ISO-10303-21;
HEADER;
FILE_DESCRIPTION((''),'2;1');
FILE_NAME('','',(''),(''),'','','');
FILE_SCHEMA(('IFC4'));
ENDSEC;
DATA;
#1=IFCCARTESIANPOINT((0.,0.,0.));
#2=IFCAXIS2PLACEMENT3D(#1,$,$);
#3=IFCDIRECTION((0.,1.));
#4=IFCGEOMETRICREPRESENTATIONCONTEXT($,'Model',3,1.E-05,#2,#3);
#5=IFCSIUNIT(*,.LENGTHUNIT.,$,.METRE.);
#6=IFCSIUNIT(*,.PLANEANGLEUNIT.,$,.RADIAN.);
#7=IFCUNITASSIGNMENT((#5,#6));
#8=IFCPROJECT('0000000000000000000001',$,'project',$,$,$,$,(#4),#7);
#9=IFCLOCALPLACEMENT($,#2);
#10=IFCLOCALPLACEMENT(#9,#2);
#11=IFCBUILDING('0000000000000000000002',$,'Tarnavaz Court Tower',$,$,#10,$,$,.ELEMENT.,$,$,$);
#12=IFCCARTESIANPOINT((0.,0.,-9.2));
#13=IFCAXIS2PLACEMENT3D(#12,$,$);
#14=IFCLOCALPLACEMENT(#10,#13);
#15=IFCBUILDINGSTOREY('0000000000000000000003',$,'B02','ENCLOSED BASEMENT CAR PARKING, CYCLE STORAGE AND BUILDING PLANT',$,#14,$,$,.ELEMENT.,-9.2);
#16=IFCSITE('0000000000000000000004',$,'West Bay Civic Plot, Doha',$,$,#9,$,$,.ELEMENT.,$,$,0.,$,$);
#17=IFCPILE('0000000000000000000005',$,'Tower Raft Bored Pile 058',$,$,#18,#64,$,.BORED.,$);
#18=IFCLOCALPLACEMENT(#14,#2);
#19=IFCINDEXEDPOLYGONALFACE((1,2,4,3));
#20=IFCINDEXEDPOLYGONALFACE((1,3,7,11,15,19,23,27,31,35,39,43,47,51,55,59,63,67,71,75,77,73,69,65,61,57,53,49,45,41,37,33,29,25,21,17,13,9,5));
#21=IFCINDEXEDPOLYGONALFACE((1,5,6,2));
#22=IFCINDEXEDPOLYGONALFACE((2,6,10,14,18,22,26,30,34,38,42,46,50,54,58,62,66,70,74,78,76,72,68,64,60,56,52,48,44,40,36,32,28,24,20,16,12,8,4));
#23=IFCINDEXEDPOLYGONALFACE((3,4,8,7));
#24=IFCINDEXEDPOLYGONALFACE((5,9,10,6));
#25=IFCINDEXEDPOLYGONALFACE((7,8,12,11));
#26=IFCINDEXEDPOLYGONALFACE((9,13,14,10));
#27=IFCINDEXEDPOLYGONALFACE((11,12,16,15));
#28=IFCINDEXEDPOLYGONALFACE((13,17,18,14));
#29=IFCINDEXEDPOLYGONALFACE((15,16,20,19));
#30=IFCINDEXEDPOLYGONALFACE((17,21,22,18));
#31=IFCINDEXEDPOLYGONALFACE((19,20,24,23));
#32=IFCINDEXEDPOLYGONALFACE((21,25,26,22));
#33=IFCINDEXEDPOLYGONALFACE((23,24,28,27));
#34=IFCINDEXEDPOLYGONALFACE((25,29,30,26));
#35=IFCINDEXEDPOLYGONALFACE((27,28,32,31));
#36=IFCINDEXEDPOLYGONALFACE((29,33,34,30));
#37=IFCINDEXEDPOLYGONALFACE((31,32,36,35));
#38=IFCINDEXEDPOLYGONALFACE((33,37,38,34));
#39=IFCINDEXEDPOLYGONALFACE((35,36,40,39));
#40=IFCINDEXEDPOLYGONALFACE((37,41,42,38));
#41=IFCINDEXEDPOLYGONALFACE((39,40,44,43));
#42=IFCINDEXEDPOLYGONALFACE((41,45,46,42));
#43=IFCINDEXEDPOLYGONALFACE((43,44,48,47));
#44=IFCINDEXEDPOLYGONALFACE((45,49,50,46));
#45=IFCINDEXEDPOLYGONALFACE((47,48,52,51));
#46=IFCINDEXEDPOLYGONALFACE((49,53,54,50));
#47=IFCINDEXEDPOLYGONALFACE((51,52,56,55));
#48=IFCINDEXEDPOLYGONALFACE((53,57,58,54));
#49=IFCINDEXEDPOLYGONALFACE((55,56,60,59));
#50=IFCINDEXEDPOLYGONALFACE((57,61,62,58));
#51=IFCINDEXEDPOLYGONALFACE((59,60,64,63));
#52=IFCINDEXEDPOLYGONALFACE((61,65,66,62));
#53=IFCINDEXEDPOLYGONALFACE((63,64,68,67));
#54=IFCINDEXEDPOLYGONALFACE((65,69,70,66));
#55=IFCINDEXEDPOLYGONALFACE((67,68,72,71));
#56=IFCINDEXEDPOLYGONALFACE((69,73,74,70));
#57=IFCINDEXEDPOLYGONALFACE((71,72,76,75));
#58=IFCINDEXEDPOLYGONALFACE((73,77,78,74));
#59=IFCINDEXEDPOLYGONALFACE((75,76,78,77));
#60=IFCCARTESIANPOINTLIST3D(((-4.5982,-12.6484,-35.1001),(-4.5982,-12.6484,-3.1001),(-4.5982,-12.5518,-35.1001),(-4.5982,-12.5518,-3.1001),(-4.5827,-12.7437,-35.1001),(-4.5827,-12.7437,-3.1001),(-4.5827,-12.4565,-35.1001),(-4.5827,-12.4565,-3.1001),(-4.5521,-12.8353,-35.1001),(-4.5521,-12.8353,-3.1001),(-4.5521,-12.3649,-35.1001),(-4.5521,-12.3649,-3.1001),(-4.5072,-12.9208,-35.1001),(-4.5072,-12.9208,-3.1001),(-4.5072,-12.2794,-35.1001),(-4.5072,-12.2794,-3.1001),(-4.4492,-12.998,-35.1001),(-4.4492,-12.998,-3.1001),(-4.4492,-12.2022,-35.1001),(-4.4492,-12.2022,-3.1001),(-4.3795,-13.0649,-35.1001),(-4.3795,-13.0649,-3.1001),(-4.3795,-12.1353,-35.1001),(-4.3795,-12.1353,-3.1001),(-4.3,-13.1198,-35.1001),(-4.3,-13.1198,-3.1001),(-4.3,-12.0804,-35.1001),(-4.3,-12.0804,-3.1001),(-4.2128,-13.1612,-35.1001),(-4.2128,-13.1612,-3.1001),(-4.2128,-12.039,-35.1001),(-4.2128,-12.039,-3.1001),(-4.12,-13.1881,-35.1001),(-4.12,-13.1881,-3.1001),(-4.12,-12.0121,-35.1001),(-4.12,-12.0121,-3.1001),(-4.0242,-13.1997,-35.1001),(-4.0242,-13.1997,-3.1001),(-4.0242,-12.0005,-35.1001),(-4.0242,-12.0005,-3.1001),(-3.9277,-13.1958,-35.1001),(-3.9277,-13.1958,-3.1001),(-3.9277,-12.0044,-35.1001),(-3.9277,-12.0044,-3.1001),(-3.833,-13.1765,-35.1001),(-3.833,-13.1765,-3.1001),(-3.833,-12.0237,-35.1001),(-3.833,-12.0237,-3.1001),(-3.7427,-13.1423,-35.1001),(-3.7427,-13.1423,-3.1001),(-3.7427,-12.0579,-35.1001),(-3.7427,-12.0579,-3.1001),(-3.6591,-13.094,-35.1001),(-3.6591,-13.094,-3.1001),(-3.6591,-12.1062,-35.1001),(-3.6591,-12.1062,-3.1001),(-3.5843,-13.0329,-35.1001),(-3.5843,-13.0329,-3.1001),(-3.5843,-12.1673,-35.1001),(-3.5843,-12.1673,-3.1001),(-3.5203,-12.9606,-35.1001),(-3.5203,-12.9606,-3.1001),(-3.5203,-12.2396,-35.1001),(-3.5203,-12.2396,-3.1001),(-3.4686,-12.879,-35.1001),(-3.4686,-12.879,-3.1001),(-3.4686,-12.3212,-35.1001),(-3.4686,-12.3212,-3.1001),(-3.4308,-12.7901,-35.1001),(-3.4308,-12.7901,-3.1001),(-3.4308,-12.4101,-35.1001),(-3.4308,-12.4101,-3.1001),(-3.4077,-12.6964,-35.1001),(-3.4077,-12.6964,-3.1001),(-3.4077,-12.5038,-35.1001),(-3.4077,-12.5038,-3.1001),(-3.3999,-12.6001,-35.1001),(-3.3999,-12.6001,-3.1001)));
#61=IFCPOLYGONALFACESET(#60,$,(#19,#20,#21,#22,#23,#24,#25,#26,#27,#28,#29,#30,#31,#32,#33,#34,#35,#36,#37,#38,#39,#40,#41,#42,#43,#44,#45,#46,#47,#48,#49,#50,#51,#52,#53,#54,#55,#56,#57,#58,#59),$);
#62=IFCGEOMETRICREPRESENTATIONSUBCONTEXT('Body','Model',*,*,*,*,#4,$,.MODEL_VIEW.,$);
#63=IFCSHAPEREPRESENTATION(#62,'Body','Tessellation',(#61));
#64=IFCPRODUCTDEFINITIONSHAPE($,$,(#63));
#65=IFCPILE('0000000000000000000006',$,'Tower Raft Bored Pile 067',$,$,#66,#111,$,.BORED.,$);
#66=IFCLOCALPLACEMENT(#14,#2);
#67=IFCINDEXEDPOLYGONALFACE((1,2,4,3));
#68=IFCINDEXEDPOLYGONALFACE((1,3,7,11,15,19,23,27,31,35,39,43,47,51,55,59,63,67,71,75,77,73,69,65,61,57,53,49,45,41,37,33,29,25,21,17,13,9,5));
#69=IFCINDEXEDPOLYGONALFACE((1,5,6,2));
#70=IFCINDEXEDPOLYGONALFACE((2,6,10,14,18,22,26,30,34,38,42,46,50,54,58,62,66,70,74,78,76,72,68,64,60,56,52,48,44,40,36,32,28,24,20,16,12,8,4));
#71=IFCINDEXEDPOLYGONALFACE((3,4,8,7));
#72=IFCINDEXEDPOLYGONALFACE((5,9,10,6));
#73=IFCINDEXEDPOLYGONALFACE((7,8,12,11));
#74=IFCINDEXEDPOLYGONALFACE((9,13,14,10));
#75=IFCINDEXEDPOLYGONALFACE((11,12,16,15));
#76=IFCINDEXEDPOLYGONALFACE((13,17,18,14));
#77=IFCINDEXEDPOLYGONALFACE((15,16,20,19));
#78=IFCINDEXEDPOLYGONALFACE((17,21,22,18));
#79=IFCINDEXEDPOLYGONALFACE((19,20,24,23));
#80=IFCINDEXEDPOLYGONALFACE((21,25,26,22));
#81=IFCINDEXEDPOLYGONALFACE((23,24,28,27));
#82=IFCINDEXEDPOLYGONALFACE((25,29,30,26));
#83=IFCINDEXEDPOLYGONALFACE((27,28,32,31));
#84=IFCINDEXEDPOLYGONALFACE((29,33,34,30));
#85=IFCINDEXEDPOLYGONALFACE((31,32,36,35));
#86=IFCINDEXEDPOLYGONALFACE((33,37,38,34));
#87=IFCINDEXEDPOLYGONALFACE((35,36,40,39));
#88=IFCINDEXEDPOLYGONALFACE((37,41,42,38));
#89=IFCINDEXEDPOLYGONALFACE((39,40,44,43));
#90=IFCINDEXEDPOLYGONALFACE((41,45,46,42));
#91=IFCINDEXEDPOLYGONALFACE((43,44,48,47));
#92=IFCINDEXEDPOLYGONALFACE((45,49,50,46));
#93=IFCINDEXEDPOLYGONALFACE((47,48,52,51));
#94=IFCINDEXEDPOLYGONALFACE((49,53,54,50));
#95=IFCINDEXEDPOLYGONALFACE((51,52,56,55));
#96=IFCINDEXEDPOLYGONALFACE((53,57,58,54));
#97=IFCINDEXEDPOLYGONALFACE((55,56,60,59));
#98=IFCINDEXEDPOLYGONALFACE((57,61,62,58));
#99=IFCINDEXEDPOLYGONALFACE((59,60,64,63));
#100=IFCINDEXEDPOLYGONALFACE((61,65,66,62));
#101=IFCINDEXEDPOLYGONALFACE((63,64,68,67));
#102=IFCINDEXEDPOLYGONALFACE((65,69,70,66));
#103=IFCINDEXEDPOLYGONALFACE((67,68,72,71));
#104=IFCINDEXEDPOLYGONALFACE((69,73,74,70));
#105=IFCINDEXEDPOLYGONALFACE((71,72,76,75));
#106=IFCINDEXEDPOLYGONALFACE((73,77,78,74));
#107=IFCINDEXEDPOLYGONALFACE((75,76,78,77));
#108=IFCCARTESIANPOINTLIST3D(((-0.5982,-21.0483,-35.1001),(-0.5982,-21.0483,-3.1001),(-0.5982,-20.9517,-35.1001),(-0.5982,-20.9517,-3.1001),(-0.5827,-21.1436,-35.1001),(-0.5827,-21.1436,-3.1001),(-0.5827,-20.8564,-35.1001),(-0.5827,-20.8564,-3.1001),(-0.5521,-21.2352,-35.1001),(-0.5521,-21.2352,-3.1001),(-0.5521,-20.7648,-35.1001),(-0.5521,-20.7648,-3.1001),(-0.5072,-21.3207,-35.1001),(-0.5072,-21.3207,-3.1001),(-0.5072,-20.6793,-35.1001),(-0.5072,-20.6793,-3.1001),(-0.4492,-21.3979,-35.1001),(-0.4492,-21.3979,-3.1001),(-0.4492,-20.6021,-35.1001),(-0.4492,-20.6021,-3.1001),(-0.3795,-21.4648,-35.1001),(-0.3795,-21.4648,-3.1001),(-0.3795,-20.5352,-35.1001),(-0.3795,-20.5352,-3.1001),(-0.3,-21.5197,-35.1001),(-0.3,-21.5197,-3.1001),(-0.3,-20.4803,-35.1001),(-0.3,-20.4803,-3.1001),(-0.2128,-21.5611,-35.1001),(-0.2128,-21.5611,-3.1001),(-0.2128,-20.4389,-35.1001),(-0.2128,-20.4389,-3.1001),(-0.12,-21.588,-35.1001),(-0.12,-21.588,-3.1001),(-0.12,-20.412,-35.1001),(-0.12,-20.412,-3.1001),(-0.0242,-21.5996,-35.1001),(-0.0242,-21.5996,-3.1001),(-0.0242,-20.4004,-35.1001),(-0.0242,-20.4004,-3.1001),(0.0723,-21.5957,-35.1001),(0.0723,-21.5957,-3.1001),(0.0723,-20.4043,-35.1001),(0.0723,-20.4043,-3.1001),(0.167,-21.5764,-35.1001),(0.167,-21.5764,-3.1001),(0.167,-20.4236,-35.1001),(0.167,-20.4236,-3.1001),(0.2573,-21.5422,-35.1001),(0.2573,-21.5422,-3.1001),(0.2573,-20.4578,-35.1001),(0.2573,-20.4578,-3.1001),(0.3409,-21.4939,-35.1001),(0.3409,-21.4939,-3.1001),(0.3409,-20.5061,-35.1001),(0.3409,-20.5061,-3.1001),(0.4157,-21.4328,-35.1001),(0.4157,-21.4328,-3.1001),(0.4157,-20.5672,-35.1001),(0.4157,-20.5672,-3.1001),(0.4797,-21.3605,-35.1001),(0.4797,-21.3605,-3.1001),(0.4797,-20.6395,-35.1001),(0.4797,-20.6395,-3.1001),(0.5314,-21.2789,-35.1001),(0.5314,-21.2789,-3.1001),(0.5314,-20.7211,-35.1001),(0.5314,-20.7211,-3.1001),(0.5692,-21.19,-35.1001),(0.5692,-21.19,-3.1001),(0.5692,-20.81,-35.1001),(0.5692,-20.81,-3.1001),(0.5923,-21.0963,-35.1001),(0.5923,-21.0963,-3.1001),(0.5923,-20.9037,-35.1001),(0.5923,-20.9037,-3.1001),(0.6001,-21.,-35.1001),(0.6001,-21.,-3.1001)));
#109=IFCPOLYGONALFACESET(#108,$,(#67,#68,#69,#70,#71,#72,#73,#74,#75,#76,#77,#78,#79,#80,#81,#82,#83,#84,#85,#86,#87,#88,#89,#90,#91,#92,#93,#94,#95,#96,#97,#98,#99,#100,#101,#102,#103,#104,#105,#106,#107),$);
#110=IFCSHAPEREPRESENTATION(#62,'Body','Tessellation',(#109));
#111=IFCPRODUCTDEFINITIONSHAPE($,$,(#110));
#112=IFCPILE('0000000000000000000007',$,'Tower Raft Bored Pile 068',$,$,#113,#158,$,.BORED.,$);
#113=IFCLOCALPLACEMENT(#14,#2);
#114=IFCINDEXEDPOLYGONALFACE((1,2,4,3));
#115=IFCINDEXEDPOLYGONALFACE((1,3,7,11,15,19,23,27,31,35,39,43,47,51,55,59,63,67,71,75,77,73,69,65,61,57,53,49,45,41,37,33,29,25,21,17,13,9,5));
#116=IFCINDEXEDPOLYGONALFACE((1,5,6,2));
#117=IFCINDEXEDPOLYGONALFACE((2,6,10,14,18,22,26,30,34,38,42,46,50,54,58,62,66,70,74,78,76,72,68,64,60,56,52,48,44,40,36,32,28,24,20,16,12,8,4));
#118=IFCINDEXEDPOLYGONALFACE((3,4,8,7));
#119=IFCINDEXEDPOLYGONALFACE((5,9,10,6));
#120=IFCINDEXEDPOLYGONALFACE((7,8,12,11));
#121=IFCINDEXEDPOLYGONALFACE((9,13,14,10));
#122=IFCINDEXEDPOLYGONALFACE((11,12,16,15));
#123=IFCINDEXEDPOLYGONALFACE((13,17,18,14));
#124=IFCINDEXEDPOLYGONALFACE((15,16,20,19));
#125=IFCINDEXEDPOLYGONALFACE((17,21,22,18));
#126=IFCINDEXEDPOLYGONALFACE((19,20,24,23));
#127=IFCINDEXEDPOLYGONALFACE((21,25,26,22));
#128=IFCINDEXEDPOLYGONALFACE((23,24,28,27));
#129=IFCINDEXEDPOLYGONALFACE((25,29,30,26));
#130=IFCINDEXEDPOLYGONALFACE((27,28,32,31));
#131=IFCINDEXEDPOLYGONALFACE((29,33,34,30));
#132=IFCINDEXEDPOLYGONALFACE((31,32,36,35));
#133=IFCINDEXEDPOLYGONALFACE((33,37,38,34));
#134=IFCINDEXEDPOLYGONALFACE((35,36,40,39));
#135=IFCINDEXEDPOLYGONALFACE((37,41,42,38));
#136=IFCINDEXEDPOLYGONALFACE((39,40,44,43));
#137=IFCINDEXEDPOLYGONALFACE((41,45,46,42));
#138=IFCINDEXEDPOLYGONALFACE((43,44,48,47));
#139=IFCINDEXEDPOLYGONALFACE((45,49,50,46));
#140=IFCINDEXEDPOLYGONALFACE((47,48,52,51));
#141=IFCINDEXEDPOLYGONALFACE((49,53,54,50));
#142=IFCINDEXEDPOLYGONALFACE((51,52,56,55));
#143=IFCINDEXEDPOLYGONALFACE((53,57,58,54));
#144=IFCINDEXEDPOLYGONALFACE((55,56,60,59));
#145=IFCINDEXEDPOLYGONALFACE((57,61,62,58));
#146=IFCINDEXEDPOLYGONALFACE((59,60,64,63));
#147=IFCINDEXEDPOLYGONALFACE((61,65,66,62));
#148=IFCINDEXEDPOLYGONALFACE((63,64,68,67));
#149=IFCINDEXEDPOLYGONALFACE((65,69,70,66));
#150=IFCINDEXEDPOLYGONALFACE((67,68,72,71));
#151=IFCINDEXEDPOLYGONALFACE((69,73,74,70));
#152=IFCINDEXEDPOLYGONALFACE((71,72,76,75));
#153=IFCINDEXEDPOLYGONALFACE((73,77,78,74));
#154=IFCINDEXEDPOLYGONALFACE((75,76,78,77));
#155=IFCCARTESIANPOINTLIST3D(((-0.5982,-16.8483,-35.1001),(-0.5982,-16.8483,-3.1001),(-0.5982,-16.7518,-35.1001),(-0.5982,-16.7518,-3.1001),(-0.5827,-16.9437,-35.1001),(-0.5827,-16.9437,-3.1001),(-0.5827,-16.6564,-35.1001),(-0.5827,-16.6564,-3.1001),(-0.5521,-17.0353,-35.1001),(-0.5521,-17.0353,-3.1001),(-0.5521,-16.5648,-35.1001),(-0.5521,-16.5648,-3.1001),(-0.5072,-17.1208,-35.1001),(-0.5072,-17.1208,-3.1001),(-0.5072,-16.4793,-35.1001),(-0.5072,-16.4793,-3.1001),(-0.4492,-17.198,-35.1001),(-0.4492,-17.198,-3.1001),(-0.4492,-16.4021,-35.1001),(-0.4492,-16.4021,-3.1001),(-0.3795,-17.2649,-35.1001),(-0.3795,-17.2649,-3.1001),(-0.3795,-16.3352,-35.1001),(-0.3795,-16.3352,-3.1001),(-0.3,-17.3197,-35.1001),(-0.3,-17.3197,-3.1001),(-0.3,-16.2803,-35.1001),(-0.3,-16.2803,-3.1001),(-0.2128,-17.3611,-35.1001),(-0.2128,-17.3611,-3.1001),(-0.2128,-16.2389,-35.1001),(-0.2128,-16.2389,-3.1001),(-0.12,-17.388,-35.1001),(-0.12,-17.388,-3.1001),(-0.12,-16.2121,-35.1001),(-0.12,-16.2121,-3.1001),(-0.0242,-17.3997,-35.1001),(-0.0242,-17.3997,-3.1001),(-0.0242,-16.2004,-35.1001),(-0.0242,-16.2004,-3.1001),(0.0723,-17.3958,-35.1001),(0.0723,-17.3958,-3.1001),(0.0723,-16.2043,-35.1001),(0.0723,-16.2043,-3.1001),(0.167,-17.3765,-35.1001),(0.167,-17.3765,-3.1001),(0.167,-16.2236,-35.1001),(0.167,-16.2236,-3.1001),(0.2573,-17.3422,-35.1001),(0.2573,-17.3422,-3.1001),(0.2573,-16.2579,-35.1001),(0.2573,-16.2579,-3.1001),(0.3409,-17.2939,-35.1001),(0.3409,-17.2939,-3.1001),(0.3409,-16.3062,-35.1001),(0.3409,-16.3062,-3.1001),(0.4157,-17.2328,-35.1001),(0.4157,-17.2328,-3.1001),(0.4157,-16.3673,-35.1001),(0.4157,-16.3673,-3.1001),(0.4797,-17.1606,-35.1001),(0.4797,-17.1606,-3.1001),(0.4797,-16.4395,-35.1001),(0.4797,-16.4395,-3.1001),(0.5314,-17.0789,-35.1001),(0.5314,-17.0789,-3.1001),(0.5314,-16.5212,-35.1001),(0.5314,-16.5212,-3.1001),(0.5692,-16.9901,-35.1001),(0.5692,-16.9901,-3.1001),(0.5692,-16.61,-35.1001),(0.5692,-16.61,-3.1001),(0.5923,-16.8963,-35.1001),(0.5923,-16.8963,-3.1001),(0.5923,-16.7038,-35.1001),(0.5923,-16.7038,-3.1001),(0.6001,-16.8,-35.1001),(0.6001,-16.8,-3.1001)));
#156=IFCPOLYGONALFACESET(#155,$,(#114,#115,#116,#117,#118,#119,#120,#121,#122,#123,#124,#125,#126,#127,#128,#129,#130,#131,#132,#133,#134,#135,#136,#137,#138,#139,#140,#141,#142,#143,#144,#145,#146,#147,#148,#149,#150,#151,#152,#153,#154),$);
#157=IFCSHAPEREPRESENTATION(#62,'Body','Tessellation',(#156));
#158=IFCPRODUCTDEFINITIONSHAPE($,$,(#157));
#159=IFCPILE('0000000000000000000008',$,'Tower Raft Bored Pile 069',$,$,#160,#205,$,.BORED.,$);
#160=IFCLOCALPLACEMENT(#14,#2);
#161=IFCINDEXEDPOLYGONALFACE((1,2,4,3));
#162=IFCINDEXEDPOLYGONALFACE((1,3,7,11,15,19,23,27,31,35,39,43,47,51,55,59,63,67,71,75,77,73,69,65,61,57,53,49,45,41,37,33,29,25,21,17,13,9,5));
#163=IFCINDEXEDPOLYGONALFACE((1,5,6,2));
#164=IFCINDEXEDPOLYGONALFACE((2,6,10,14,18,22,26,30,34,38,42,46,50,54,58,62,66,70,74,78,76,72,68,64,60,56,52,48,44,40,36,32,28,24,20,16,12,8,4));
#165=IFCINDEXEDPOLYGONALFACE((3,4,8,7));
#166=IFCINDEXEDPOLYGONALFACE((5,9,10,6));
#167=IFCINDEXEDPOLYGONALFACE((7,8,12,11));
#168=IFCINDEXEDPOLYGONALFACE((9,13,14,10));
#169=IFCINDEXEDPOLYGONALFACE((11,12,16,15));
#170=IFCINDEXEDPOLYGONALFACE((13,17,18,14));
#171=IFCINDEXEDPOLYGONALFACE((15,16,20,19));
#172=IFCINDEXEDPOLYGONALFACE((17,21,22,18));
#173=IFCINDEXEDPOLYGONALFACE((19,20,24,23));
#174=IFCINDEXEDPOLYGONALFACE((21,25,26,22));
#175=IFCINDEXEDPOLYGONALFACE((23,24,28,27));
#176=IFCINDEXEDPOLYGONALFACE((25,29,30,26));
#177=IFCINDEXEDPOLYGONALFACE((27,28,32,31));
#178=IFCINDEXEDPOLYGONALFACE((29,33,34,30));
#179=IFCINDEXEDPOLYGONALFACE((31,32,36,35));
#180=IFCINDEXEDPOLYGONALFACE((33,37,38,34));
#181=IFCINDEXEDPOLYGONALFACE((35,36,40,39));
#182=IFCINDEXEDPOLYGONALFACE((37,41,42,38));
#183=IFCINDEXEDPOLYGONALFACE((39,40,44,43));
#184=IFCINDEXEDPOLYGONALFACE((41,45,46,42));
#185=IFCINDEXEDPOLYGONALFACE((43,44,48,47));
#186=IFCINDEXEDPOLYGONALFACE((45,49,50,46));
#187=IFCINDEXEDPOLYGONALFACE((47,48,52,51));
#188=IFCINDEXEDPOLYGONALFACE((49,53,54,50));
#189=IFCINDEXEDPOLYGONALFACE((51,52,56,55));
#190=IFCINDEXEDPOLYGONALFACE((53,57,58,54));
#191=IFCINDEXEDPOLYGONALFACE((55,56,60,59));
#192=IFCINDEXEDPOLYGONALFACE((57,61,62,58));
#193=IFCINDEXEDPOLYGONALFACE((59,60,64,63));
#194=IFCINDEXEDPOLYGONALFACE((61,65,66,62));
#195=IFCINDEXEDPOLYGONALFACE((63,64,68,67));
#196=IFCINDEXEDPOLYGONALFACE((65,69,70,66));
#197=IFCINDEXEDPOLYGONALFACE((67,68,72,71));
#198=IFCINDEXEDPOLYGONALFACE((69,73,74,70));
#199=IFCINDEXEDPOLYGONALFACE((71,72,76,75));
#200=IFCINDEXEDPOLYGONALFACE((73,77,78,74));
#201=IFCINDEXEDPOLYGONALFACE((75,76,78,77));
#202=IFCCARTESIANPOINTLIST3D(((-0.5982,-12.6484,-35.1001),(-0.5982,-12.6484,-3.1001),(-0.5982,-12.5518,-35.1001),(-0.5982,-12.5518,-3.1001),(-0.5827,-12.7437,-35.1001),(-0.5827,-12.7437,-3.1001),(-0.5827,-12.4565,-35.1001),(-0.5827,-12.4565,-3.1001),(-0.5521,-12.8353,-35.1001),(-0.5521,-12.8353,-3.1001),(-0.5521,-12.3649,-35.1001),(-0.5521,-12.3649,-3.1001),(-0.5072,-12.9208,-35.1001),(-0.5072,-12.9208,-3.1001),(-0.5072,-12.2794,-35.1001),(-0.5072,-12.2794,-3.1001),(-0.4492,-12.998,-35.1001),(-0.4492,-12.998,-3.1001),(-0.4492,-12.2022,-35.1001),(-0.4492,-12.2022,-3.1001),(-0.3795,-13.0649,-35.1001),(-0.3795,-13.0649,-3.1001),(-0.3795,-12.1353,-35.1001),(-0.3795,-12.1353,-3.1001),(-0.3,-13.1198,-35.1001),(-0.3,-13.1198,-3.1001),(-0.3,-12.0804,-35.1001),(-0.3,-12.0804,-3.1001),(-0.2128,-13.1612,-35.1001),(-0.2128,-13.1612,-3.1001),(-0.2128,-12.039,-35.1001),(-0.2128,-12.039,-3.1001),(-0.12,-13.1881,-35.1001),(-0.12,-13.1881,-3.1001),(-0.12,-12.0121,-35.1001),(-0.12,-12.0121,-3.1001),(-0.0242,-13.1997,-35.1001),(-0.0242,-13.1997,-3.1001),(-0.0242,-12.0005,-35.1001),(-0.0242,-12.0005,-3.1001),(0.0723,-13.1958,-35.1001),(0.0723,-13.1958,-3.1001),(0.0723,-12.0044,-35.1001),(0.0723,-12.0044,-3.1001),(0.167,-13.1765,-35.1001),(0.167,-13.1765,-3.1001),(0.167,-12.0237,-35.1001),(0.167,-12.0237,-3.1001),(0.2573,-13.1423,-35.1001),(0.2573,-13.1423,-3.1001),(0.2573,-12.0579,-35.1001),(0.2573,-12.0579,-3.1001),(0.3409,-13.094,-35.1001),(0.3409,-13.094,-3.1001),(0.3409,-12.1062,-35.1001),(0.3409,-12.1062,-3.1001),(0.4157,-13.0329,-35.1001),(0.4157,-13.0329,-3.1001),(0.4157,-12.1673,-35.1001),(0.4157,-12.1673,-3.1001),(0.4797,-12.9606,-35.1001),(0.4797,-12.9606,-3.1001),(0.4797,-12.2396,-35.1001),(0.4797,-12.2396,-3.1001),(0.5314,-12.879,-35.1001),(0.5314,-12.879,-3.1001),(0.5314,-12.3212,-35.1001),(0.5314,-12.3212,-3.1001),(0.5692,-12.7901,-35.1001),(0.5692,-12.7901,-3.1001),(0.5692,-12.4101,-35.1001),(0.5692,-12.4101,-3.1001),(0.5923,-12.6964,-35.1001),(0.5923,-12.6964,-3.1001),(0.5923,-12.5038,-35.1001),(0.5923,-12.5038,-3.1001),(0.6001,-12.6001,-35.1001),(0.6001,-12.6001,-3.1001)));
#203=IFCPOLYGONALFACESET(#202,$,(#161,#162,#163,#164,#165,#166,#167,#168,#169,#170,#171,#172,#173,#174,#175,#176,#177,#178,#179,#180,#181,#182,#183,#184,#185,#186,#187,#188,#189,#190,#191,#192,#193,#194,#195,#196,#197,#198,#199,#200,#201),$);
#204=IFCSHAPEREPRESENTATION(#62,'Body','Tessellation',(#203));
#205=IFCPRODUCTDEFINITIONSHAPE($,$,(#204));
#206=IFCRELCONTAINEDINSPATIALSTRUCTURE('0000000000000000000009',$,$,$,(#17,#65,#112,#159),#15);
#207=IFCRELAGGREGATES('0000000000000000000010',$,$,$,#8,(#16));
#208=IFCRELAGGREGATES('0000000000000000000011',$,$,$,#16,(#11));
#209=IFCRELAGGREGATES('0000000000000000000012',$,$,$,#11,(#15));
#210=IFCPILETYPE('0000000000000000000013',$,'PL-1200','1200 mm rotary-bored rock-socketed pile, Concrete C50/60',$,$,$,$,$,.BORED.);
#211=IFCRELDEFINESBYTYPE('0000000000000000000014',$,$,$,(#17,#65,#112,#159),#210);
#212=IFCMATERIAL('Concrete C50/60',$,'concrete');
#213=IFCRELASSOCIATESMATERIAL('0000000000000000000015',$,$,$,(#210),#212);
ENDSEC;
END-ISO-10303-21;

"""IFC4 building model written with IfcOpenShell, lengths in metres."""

from ifc_helpers import new_model, si_unit, direction, frame, origin, origin_2d, place, context, subcontext, project, spatial, circle, extrude, material, material_profile, profile_set, type_object, element, save


model = new_model("IFC4")

# Units and contexts
model_context = context("Model", 3, precision=1e-05, world=origin(), true_north=direction((0.0, 1.0)))
body_context = subcontext(model_context, "Body", "Model", "MODEL_VIEW")
ifc_project = project(units=[si_unit("LENGTHUNIT", "METRE"), si_unit("PLANEANGLEUNIT", "RADIAN")], contexts=[model_context])

# Site, building, storey
site_placement = place(None, origin())
site = spatial("IfcSite", under=ifc_project, at=site_placement, Name="West Bay Civic Plot, Doha", CompositionType="ELEMENT", RefElevation=0.0)
building_placement = place(site_placement, origin())
building = spatial("IfcBuilding", under=site, at=building_placement, Name="Tarnavaz Court Tower", CompositionType="ELEMENT")
storey_placement = place(building_placement, frame((0.0, 0.0, -9.2)))
storey = spatial("IfcBuildingStorey", under=building, at=storey_placement, Name="B02", Description="ENCLOSED BASEMENT CAR PARKING, CYCLE STORAGE AND BUILDING PLANT", CompositionType="ELEMENT", Elevation=-9.2)

# Shared definitions
ifc_material_1 = material(Name="Concrete C50/60", Category="concrete")

# Piles
ifc_material_profile_1 = material_profile(ifc_material_1, circle(Radius=0.6001, at=origin_2d()), Name="PILE D1200")
ifc_profile_set_1 = profile_set([ifc_material_profile_1], Name="Concrete C50/60")
pile_type_1 = type_object("IfcPileType", Name="PL-1200", Description="1200 mm rotary-bored rock-socketed pile, Concrete C50/60", PredefinedType="BORED", material=ifc_profile_set_1)
for number, where, z_axis, x_axis, name in (
    (1, (-4.0, -12.6001, -3.1001), (0.0, 0.0, -1.0), (1.0, 0.0, 0.0), "Tower Raft Bored Pile 058"),
    (2, (0.0, -21.0, -3.1001), (0.0, 0.0, -1.0), (1.0, 0.0, 0.0), "Tower Raft Bored Pile 067"),
    (3, (0.0, -16.8, -3.1001), (0.0, 0.0, -1.0), (1.0, 0.0, 0.0), "Tower Raft Bored Pile 068"),
    (4, (0.0, -12.6001, -3.1001), (0.0, 0.0, -1.0), (1.0, 0.0, 0.0), "Tower Raft Bored Pile 069"),
):
    element("IfcPile", number, at=place(storey_placement, frame(where, z_axis=z_axis, x_axis=x_axis)), inside=storey, type_object=pile_type_1, Name=name, PredefinedType="BORED", context=body_context, shape_type="SweptSolid", body=[
        extrude(circle(Radius=0.6001, at=origin_2d()), origin(), (0.0, 0.0, 1.0), 32.0),
    ])

save(model, "model.ifc")
